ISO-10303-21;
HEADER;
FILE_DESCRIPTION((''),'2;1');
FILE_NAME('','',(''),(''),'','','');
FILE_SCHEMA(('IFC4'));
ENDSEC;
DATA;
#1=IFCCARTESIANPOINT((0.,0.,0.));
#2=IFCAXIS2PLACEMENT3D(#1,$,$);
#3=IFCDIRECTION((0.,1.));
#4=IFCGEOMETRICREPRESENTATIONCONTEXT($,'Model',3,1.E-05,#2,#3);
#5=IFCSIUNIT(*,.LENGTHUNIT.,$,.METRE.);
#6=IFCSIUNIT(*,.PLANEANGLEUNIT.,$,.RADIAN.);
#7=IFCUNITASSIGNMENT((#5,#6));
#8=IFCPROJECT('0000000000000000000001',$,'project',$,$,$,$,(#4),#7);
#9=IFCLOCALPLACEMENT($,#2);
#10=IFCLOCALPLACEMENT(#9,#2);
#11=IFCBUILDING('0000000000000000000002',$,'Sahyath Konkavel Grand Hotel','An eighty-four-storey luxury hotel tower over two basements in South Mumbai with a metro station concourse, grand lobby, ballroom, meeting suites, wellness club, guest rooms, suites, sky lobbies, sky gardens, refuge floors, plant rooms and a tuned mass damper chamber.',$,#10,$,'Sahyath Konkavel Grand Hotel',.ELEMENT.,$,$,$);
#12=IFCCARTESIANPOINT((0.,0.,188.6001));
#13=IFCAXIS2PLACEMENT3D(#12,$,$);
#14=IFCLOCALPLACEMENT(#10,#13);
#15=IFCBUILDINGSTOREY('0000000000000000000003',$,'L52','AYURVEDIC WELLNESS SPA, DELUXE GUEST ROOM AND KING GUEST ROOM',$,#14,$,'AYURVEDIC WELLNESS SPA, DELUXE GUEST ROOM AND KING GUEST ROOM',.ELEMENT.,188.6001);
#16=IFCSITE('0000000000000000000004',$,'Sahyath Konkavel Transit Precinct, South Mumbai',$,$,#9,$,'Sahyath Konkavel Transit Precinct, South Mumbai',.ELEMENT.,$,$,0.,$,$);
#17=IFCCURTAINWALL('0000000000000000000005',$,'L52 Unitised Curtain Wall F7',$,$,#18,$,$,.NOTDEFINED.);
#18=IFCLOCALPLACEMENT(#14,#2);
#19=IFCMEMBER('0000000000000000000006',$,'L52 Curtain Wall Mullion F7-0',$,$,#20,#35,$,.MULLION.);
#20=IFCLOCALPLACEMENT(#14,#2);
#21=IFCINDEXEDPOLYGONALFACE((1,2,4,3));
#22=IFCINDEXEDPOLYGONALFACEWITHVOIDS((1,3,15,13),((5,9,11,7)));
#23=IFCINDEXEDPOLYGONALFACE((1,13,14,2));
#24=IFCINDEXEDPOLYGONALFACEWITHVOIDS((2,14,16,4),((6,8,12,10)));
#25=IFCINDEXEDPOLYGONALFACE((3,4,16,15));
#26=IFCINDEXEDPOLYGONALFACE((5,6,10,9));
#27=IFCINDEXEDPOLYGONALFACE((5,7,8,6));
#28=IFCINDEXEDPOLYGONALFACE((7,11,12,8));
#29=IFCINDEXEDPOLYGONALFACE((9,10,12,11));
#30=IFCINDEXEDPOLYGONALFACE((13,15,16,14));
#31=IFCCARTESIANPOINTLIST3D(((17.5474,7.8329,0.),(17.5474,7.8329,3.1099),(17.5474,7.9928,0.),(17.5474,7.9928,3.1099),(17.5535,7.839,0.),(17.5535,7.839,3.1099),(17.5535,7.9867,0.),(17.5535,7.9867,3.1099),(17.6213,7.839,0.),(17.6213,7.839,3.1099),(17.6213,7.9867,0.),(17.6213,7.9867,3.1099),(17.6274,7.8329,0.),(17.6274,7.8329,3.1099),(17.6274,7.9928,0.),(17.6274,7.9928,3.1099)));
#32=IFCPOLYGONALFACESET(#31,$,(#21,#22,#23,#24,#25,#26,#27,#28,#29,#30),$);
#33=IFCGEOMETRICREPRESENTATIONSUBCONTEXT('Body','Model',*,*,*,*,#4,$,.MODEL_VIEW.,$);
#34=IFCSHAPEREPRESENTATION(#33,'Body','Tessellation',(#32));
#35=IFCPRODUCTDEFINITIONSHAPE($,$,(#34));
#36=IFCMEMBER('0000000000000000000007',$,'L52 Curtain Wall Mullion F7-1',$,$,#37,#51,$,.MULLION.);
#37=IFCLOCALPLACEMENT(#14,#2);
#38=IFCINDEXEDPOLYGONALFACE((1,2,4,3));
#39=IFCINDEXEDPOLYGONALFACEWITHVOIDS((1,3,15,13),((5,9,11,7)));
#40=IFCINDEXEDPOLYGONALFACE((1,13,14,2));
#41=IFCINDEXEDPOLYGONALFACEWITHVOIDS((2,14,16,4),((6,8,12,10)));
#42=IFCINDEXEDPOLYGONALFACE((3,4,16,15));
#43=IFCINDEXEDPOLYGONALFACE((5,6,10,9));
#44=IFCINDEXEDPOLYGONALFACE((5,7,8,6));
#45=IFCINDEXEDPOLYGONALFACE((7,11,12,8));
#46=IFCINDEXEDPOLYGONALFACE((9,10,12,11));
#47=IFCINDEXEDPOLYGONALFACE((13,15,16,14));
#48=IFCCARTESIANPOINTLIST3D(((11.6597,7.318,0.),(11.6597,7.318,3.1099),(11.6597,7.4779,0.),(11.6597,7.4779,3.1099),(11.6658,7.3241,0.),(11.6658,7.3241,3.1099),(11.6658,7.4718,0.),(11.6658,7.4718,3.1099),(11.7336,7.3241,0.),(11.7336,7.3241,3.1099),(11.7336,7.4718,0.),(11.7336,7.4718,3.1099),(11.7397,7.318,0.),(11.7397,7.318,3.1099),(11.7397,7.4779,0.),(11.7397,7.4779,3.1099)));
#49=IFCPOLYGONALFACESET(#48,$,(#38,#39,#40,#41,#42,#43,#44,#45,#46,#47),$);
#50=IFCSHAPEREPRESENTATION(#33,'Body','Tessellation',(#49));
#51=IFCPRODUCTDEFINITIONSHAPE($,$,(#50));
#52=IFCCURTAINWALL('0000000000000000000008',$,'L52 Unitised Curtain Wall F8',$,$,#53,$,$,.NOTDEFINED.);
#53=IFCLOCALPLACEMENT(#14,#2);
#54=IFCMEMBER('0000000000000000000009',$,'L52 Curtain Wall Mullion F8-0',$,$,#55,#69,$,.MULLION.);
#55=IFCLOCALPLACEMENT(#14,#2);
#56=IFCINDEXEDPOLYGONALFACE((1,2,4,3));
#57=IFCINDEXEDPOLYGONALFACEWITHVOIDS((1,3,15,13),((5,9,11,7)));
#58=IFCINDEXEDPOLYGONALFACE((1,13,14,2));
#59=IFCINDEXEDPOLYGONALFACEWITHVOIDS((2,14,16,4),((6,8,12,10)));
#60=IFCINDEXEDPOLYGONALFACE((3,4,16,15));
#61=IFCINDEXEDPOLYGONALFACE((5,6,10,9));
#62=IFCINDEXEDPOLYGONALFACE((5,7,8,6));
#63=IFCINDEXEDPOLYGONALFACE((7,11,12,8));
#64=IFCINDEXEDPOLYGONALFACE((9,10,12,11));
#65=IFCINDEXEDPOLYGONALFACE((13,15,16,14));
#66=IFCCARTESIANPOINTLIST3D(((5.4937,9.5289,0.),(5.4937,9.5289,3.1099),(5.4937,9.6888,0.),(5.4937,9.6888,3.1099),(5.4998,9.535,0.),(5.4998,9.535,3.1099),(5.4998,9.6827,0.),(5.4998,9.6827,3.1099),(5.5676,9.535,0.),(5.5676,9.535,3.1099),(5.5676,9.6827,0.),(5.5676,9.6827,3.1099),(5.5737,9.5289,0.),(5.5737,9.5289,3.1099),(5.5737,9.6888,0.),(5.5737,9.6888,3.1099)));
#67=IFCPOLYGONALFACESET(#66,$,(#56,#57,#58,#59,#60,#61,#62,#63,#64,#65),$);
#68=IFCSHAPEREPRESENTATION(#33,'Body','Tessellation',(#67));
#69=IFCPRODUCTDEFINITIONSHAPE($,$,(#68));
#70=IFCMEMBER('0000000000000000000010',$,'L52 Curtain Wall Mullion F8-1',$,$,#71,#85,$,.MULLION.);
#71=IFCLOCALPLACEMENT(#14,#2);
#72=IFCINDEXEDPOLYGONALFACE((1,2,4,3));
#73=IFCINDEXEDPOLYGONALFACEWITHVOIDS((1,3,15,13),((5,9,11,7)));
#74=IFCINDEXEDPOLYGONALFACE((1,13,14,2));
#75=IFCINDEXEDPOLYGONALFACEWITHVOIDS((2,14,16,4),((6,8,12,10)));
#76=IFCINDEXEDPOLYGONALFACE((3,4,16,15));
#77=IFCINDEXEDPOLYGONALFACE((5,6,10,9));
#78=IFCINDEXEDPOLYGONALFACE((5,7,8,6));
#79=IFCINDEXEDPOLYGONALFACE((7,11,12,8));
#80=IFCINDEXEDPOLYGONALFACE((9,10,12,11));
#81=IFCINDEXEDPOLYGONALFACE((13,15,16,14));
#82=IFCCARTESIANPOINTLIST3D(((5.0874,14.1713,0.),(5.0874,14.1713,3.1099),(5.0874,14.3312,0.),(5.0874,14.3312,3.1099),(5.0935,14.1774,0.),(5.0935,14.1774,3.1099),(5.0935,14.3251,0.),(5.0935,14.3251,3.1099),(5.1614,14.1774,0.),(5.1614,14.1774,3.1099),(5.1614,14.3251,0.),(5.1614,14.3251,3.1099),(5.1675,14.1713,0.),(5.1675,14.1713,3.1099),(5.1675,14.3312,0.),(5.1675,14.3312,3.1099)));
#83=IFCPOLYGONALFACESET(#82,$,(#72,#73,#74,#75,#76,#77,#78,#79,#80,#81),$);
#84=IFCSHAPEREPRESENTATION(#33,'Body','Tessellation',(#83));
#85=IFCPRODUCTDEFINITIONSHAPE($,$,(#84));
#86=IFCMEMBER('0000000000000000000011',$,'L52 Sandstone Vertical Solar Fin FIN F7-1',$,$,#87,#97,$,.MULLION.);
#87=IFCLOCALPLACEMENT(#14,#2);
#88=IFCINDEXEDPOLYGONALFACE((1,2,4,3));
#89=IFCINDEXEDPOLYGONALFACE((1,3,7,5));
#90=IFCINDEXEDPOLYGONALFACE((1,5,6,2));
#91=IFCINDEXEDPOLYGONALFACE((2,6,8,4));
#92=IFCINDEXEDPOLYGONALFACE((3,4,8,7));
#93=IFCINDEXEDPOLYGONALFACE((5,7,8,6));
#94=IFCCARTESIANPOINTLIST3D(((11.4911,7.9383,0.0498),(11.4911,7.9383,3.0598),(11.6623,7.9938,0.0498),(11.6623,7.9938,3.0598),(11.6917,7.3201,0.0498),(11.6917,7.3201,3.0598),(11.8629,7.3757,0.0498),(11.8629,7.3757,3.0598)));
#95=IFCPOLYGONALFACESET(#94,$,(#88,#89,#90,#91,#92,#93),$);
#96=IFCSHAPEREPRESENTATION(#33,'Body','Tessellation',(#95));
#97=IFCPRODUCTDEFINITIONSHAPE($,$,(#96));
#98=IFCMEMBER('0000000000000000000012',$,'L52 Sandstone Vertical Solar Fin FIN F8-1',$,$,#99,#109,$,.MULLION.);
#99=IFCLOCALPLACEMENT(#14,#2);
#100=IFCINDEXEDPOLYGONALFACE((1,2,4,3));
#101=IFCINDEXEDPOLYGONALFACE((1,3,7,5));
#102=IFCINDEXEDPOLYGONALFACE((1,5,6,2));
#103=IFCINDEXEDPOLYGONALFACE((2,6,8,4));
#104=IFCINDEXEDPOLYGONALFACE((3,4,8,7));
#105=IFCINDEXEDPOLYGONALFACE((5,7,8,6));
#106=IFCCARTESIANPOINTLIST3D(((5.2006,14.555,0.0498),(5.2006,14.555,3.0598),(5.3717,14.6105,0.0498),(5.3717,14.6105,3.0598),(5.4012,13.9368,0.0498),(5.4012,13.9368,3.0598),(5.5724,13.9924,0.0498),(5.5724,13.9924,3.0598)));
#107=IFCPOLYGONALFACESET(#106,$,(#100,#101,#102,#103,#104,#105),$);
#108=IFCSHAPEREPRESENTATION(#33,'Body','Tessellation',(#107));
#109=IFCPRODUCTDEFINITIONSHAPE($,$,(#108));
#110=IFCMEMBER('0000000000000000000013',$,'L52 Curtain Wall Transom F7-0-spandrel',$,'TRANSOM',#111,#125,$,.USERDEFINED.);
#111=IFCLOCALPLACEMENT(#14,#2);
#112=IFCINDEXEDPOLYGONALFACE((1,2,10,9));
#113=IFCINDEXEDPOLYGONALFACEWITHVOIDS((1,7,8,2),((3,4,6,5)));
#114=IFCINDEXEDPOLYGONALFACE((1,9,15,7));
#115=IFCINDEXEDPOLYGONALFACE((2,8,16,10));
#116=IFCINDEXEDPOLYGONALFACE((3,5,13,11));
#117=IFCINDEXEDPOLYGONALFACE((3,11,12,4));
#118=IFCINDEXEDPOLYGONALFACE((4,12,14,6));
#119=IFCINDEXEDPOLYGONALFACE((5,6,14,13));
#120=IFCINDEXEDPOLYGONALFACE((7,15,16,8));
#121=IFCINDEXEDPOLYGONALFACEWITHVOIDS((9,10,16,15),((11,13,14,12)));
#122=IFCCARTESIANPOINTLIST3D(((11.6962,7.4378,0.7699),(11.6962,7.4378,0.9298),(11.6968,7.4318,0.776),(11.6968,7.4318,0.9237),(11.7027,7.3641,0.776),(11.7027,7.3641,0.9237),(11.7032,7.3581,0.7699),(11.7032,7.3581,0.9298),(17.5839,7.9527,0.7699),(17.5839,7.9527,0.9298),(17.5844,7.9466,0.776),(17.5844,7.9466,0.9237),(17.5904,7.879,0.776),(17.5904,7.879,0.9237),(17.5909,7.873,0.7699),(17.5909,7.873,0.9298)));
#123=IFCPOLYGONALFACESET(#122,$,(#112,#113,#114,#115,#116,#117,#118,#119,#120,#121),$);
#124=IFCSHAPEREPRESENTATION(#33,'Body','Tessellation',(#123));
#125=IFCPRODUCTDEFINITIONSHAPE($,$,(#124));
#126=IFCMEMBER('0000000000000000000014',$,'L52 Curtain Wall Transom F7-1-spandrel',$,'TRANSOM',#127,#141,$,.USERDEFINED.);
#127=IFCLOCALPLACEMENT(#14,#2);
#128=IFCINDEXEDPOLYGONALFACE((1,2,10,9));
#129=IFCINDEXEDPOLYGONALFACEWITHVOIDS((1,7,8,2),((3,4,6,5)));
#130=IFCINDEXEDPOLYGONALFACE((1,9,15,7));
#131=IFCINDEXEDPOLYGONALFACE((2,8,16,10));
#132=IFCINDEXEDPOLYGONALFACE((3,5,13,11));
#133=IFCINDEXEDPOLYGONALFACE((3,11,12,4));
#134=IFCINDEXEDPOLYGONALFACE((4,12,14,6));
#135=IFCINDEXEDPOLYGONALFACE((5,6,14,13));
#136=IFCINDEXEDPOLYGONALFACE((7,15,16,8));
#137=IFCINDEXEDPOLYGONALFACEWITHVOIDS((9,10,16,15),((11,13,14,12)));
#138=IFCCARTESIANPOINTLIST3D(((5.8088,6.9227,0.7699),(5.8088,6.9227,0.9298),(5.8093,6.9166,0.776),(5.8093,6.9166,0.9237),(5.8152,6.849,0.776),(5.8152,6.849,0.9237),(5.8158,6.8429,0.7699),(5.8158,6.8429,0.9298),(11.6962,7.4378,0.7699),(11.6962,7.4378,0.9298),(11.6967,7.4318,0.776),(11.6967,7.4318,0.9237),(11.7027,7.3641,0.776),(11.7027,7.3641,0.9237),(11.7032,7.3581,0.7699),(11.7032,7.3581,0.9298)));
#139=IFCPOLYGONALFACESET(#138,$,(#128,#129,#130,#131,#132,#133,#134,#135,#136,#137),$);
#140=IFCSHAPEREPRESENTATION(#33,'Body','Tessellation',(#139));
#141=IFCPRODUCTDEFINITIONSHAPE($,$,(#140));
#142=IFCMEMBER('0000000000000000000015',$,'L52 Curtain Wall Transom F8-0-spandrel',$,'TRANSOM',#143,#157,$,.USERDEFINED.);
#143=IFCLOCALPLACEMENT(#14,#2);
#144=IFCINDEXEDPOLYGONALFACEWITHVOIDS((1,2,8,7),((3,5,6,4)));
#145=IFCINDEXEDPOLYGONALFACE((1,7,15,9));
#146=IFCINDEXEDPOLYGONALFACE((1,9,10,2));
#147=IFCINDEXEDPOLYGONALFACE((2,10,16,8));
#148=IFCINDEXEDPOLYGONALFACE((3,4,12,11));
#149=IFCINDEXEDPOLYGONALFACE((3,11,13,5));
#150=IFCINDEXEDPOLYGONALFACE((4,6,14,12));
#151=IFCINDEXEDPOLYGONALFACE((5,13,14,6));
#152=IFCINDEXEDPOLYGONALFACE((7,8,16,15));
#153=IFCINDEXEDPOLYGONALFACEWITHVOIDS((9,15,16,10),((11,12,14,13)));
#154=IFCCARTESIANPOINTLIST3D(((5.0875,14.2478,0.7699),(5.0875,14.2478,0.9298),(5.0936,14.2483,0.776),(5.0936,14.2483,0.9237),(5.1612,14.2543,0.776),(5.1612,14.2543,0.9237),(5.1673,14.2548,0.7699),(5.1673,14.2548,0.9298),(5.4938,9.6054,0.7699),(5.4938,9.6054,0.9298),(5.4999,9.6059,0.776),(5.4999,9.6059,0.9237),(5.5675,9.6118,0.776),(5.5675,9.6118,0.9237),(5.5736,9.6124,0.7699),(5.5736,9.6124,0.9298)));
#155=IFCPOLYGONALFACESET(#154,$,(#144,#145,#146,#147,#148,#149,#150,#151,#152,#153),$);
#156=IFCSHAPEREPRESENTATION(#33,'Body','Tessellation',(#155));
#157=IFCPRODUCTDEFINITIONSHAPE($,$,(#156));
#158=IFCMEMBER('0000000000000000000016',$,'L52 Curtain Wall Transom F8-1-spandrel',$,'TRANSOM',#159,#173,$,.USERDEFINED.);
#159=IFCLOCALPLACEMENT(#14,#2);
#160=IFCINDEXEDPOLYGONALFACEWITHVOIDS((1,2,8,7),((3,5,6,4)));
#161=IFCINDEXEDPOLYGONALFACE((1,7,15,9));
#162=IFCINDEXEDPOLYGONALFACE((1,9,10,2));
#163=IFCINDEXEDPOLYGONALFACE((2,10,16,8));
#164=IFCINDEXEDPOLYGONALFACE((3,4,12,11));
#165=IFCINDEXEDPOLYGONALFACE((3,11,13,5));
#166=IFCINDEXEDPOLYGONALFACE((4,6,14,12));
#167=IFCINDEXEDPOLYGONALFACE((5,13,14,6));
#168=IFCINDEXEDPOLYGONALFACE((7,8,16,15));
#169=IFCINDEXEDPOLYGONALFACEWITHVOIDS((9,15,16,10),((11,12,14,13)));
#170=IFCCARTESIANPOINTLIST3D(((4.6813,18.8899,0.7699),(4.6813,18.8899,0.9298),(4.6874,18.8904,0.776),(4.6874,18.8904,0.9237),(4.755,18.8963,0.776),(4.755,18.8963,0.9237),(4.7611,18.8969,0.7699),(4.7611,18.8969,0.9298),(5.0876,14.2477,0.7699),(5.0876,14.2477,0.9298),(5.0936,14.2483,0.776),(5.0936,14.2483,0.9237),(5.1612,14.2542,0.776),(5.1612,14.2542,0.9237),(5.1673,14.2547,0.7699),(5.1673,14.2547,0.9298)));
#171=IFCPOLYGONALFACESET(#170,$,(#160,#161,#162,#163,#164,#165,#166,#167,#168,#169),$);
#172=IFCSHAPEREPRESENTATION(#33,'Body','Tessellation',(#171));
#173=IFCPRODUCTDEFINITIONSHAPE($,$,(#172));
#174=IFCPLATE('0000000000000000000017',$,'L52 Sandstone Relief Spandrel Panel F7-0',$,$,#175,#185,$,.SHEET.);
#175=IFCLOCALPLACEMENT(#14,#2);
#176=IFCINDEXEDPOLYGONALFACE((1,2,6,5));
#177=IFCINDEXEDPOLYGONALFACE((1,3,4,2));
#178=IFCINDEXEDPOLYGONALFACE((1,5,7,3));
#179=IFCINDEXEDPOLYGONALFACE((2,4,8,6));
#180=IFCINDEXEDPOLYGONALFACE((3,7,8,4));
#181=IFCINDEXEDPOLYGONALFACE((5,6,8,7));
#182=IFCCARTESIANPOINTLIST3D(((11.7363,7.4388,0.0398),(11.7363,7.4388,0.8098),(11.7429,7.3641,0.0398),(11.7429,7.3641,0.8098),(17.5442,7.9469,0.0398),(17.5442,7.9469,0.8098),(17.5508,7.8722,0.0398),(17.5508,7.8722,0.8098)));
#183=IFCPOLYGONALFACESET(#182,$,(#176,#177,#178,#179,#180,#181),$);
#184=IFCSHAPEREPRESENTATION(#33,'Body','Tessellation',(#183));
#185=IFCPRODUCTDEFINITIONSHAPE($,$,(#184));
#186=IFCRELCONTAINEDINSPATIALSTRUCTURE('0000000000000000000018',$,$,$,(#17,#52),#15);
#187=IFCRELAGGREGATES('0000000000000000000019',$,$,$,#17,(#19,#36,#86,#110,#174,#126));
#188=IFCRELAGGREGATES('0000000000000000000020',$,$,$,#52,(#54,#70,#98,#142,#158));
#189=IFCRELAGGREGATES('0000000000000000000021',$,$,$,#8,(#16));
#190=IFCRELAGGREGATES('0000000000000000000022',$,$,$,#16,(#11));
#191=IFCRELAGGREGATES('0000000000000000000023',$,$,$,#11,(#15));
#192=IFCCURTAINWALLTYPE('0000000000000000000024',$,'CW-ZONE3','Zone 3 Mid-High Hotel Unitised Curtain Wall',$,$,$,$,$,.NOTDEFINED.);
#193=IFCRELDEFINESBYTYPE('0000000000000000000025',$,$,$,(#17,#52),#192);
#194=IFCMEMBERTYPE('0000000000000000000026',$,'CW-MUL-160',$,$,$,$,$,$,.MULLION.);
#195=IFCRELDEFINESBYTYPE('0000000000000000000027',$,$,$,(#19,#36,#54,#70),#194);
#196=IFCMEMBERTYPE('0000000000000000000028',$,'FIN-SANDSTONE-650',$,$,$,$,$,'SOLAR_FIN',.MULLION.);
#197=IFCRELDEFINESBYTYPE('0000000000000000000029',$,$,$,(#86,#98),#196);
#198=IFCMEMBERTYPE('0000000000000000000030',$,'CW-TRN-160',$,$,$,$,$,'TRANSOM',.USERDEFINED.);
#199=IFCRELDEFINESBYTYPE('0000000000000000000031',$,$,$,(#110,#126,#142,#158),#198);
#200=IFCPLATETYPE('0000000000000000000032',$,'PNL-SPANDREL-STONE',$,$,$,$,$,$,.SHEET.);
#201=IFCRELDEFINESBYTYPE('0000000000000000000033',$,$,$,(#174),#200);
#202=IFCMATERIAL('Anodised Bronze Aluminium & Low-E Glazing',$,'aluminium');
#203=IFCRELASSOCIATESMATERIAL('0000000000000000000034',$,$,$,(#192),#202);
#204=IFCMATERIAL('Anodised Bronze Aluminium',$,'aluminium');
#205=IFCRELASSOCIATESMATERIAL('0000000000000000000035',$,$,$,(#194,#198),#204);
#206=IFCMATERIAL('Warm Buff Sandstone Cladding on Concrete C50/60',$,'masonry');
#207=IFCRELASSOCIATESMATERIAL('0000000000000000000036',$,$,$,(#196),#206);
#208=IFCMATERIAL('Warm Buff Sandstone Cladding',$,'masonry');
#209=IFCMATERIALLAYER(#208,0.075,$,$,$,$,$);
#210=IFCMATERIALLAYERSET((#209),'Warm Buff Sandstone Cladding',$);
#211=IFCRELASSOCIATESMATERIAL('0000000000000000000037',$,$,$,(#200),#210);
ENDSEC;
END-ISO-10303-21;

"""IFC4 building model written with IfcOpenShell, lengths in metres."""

from ifc_helpers import new_model, si_unit, direction, frame, origin, origin_2d, place, context, subcontext, project, spatial, rectangle, hollow_rectangle, extrude, source, transform, mapped, material, layer, layer_set, material_profile, profile_set, type_object, element, aggregate, save


model = new_model("IFC4")

# Units and contexts
model_context = context("Model", 3, precision=1e-05, world=origin(), true_north=direction((0.0, 1.0)))
body_context = subcontext(model_context, "Body", "Model", "MODEL_VIEW")
ifc_project = project(units=[si_unit("LENGTHUNIT", "METRE"), si_unit("PLANEANGLEUNIT", "RADIAN")], contexts=[model_context])

# Site, building, storey
site_placement = place(None, origin())
site = spatial("IfcSite", under=ifc_project, at=site_placement, Name="Sahyath Konkavel Transit Precinct, South Mumbai", LongName="Sahyath Konkavel Transit Precinct, South Mumbai", CompositionType="ELEMENT", RefElevation=0.0)
building_placement = place(site_placement, origin())
building = spatial("IfcBuilding", under=site, at=building_placement, Name="Sahyath Konkavel Grand Hotel", Description="An eighty-four-storey luxury hotel tower over two basements in South Mumbai with a metro station concourse, grand lobby, ballroom, meeting suites, wellness club, guest rooms, suites, sky lobbies, sky gardens, refuge floors, plant rooms and a tuned mass damper chamber.", LongName="Sahyath Konkavel Grand Hotel", CompositionType="ELEMENT")
storey_placement = place(building_placement, frame((0.0, 0.0, 188.6001)))
storey = spatial("IfcBuildingStorey", under=building, at=storey_placement, Name="L52", Description="AYURVEDIC WELLNESS SPA, DELUXE GUEST ROOM AND KING GUEST ROOM", LongName="AYURVEDIC WELLNESS SPA, DELUXE GUEST ROOM AND KING GUEST ROOM", CompositionType="ELEMENT", Elevation=188.6001)

# Curtain walls, members
ifc_material_1 = material(Name="Anodised Bronze Aluminium & Low-E Glazing", Category="aluminium")
curtain_wall_type = type_object("IfcCurtainWallType", Name="CW-ZONE3", Description="Zone 3 Mid-High Hotel Unitised Curtain Wall", PredefinedType="NOTDEFINED", material=ifc_material_1)
curtain_wall_1_placement = place(storey_placement, origin())
curtain_wall_1 = element("IfcCurtainWall", 1, at=curtain_wall_1_placement, inside=storey, type_object=curtain_wall_type, Name="L52 Unitised Curtain Wall F7", PredefinedType="NOTDEFINED")
ifc_material_2 = material(Name="Anodised Bronze Aluminium", Category="aluminium")
ifc_material_profile_1 = material_profile(ifc_material_2, hollow_rectangle(XDim=0.0801, YDim=0.1599, WallThickness=0.0061, at=origin_2d()), Name="RHS 160x80x6")
ifc_profile_set_1 = profile_set([ifc_material_profile_1], Name="Anodised Bronze Aluminium")
member_type_1 = type_object("IfcMemberType", Name="CW-MUL-160", PredefinedType="MULLION", material=ifc_profile_set_1)
shared_shape_1 = source(origin(), body_context, "Body", "SweptSolid", [
    extrude(hollow_rectangle(XDim=0.0801, YDim=0.1599, WallThickness=0.0061, at=origin_2d()), origin(), (0.0, 0.0, 1.0), 3.1099),
])
member_1_placement = place(storey_placement, frame((17.5874, 7.9128, 0.0), z_axis=(0.0, 0.0, 1.0), x_axis=(1.0, 0.0, 0.0)))
member_1 = element("IfcMember", 2, at=member_1_placement, type_object=member_type_1, Name="L52 Curtain Wall Mullion F7-0", PredefinedType="MULLION", context=body_context, shape_type="MappedRepresentation", body=[
    mapped(shared_shape_1, transform((0.0, 0.0, 0.0), scale=1.0)),
])
member_2_placement = place(storey_placement, frame((11.6997, 7.3979, 0.0), z_axis=(0.0, 0.0, 1.0), x_axis=(1.0, 0.0, 0.0)))
member_2 = element("IfcMember", 3, at=member_2_placement, type_object=member_type_1, Name="L52 Curtain Wall Mullion F7-1", PredefinedType="MULLION", context=body_context, shape_type="MappedRepresentation", body=[
    mapped(shared_shape_1, transform((0.0, 0.0, 0.0), scale=1.0)),
])
curtain_wall_2_placement = place(storey_placement, origin())
curtain_wall_2 = element("IfcCurtainWall", 4, at=curtain_wall_2_placement, inside=storey, type_object=curtain_wall_type, Name="L52 Unitised Curtain Wall F8", PredefinedType="NOTDEFINED")
member_3_placement = place(storey_placement, frame((5.5337, 9.6089, 0.0), z_axis=(0.0, 0.0, 1.0), x_axis=(1.0, 0.0, 0.0)))
member_3 = element("IfcMember", 5, at=member_3_placement, type_object=member_type_1, Name="L52 Curtain Wall Mullion F8-0", PredefinedType="MULLION", context=body_context, shape_type="MappedRepresentation", body=[
    mapped(shared_shape_1, transform((0.0, 0.0, 0.0), scale=1.0)),
])
member_4_placement = place(storey_placement, frame((5.1274, 14.2512, 0.0), z_axis=(0.0, 0.0, 1.0), x_axis=(1.0, 0.0, 0.0)))
member_4 = element("IfcMember", 6, at=member_4_placement, type_object=member_type_1, Name="L52 Curtain Wall Mullion F8-1", PredefinedType="MULLION", context=body_context, shape_type="MappedRepresentation", body=[
    mapped(shared_shape_1, transform((0.0, 0.0, 0.0), scale=1.0)),
])

# Members
ifc_material_3 = material(Name="Warm Buff Sandstone Cladding on Concrete C50/60", Category="masonry")
ifc_material_profile_2 = material_profile(ifc_material_3, rectangle(XDim=0.1799, YDim=0.6499, at=origin_2d()), Name="FIN 180x650")
ifc_profile_set_2 = profile_set([ifc_material_profile_2], Name="Warm Buff Sandstone Cladding on Concrete C50/60")
member_type_2 = type_object("IfcMemberType", Name="FIN-SANDSTONE-650", ElementType="SOLAR_FIN", PredefinedType="MULLION", material=ifc_profile_set_2)
shared_shape_2 = source(origin(), body_context, "Body", "SweptSolid", [
    extrude(rectangle(XDim=0.1799, YDim=0.6499, at=origin_2d()), origin(), (0.0, 0.0, 1.0), 3.01),
])
member_5_placement = place(storey_placement, frame((11.677, 7.657, 0.0498), z_axis=(0.0, 0.0, 1.0), x_axis=(0.951164, 0.308685, 0.0)))
member_5 = element("IfcMember", 7, at=member_5_placement, type_object=member_type_2, Name="L52 Sandstone Vertical Solar Fin FIN F7-1", PredefinedType="MULLION", context=body_context, shape_type="MappedRepresentation", body=[
    mapped(shared_shape_2, transform((0.0, 0.0, 0.0), scale=1.0)),
])
member_6_placement = place(storey_placement, frame((5.3865, 14.2737, 0.0498), z_axis=(0.0, 0.0, 1.0), x_axis=(0.951164, 0.308685, 0.0)))
member_6 = element("IfcMember", 8, at=member_6_placement, type_object=member_type_2, Name="L52 Sandstone Vertical Solar Fin FIN F8-1", PredefinedType="MULLION", context=body_context, shape_type="MappedRepresentation", body=[
    mapped(shared_shape_2, transform((0.0, 0.0, 0.0), scale=1.0)),
])
ifc_material_profile_3 = material_profile(ifc_material_2, hollow_rectangle(XDim=0.0801, YDim=0.1599, WallThickness=0.0061, at=origin_2d()), Name="RHS 160x80x6")
ifc_profile_set_3 = profile_set([ifc_material_profile_3], Name="Anodised Bronze Aluminium")
member_type_3 = type_object("IfcMemberType", Name="CW-TRN-160", ElementType="TRANSOM", PredefinedType="USERDEFINED", material=ifc_profile_set_3)
shared_shape_3 = source(origin(), body_context, "Body", "SweptSolid", [
    extrude(hollow_rectangle(XDim=0.0801, YDim=0.1599, WallThickness=0.0061, at=origin_2d()), origin(), (0.0, 0.0, 1.0), 5.9102),
])
member_7_placement = place(storey_placement, frame((17.5874, 7.9128, 0.8499), z_axis=(-0.996198, -0.08712, 0.0), x_axis=(0.08712, -0.996198, 0.0)))
member_7 = element("IfcMember", 9, at=member_7_placement, type_object=member_type_3, Name="L52 Curtain Wall Transom F7-0-spandrel", ObjectType="TRANSOM", PredefinedType="USERDEFINED", context=body_context, shape_type="MappedRepresentation", body=[
    mapped(shared_shape_3, transform((0.0, 0.0, 0.0), scale=1.0)),
])
shared_shape_4 = source(origin(), body_context, "Body", "SweptSolid", [
    extrude(hollow_rectangle(XDim=0.0801, YDim=0.1599, WallThickness=0.0061, at=origin_2d()), origin(), (0.0, 0.0, 1.0), 5.9099),
])
member_8_placement = place(storey_placement, frame((11.6997, 7.3979, 0.8499), z_axis=(-0.996194, -0.087164, 0.0), x_axis=(0.087164, -0.996194, 0.0)))
member_8 = element("IfcMember", 10, at=member_8_placement, type_object=member_type_3, Name="L52 Curtain Wall Transom F7-1-spandrel", ObjectType="TRANSOM", PredefinedType="USERDEFINED", context=body_context, shape_type="MappedRepresentation", body=[
    mapped(shared_shape_4, transform((0.0, 0.0, 0.0), scale=1.0)),
])
shared_shape_5 = source(origin(), body_context, "Body", "SweptSolid", [
    extrude(hollow_rectangle(XDim=0.0801, YDim=0.1599, WallThickness=0.0061, at=origin_2d()), origin(), (0.0, 0.0, 1.0), 4.6602),
])
member_9_placement = place(storey_placement, frame((5.5337, 9.6089, 0.8499), z_axis=(-0.087177, 0.996193, 0.0), x_axis=(-0.996193, -0.087177, 0.0)))
member_9 = element("IfcMember", 11, at=member_9_placement, type_object=member_type_3, Name="L52 Curtain Wall Transom F8-0-spandrel", ObjectType="TRANSOM", PredefinedType="USERDEFINED", context=body_context, shape_type="MappedRepresentation", body=[
    mapped(shared_shape_5, transform((0.0, 0.0, 0.0), scale=1.0)),
])
shared_shape_6 = source(origin(), body_context, "Body", "SweptSolid", [
    extrude(hollow_rectangle(XDim=0.0801, YDim=0.1599, WallThickness=0.0061, at=origin_2d()), origin(), (0.0, 0.0, 1.0), 4.6599),
])
member_10_placement = place(storey_placement, frame((5.1274, 14.2512, 0.8499), z_axis=(-0.087181, 0.996192, 0.0), x_axis=(-0.996192, -0.087181, 0.0)))
member_10 = element("IfcMember", 12, at=member_10_placement, type_object=member_type_3, Name="L52 Curtain Wall Transom F8-1-spandrel", ObjectType="TRANSOM", PredefinedType="USERDEFINED", context=body_context, shape_type="MappedRepresentation", body=[
    mapped(shared_shape_6, transform((0.0, 0.0, 0.0), scale=1.0)),
])

# Plate
ifc_material_4 = material(Name="Warm Buff Sandstone Cladding", Category="masonry")
ifc_layer_1 = layer(ifc_material_4, 0.075)
ifc_layer_set_1 = layer_set([ifc_layer_1], Name="Warm Buff Sandstone Cladding")
plate_type_1 = type_object("IfcPlateType", Name="PNL-SPANDREL-STONE", PredefinedType="SHEET", material=ifc_layer_set_1)
shared_shape_7 = source(origin(), body_context, "Body", "SweptSolid", [
    extrude(rectangle(XDim=5.8301, YDim=0.075, at=origin_2d()), origin(), (0.0, 0.0, 1.0), 0.77),
])
plate_1_placement = place(storey_placement, frame((14.6436, 7.6555, 0.0398), z_axis=(0.0, 0.0, 1.0), x_axis=(-0.996195, -0.087156, 0.0)))
plate_1 = element("IfcPlate", 13, at=plate_1_placement, type_object=plate_type_1, Name="L52 Sandstone Relief Spandrel Panel F7-0", PredefinedType="SHEET", context=body_context, shape_type="MappedRepresentation", body=[
    mapped(shared_shape_7, transform((0.0, 0.0, 0.0), scale=1.0)),
])
aggregate(curtain_wall_1, [member_1, member_2, member_5, member_7, plate_1, member_8])
aggregate(curtain_wall_2, [member_3, member_4, member_6, member_9, member_10])

save(model, "model.ifc")
